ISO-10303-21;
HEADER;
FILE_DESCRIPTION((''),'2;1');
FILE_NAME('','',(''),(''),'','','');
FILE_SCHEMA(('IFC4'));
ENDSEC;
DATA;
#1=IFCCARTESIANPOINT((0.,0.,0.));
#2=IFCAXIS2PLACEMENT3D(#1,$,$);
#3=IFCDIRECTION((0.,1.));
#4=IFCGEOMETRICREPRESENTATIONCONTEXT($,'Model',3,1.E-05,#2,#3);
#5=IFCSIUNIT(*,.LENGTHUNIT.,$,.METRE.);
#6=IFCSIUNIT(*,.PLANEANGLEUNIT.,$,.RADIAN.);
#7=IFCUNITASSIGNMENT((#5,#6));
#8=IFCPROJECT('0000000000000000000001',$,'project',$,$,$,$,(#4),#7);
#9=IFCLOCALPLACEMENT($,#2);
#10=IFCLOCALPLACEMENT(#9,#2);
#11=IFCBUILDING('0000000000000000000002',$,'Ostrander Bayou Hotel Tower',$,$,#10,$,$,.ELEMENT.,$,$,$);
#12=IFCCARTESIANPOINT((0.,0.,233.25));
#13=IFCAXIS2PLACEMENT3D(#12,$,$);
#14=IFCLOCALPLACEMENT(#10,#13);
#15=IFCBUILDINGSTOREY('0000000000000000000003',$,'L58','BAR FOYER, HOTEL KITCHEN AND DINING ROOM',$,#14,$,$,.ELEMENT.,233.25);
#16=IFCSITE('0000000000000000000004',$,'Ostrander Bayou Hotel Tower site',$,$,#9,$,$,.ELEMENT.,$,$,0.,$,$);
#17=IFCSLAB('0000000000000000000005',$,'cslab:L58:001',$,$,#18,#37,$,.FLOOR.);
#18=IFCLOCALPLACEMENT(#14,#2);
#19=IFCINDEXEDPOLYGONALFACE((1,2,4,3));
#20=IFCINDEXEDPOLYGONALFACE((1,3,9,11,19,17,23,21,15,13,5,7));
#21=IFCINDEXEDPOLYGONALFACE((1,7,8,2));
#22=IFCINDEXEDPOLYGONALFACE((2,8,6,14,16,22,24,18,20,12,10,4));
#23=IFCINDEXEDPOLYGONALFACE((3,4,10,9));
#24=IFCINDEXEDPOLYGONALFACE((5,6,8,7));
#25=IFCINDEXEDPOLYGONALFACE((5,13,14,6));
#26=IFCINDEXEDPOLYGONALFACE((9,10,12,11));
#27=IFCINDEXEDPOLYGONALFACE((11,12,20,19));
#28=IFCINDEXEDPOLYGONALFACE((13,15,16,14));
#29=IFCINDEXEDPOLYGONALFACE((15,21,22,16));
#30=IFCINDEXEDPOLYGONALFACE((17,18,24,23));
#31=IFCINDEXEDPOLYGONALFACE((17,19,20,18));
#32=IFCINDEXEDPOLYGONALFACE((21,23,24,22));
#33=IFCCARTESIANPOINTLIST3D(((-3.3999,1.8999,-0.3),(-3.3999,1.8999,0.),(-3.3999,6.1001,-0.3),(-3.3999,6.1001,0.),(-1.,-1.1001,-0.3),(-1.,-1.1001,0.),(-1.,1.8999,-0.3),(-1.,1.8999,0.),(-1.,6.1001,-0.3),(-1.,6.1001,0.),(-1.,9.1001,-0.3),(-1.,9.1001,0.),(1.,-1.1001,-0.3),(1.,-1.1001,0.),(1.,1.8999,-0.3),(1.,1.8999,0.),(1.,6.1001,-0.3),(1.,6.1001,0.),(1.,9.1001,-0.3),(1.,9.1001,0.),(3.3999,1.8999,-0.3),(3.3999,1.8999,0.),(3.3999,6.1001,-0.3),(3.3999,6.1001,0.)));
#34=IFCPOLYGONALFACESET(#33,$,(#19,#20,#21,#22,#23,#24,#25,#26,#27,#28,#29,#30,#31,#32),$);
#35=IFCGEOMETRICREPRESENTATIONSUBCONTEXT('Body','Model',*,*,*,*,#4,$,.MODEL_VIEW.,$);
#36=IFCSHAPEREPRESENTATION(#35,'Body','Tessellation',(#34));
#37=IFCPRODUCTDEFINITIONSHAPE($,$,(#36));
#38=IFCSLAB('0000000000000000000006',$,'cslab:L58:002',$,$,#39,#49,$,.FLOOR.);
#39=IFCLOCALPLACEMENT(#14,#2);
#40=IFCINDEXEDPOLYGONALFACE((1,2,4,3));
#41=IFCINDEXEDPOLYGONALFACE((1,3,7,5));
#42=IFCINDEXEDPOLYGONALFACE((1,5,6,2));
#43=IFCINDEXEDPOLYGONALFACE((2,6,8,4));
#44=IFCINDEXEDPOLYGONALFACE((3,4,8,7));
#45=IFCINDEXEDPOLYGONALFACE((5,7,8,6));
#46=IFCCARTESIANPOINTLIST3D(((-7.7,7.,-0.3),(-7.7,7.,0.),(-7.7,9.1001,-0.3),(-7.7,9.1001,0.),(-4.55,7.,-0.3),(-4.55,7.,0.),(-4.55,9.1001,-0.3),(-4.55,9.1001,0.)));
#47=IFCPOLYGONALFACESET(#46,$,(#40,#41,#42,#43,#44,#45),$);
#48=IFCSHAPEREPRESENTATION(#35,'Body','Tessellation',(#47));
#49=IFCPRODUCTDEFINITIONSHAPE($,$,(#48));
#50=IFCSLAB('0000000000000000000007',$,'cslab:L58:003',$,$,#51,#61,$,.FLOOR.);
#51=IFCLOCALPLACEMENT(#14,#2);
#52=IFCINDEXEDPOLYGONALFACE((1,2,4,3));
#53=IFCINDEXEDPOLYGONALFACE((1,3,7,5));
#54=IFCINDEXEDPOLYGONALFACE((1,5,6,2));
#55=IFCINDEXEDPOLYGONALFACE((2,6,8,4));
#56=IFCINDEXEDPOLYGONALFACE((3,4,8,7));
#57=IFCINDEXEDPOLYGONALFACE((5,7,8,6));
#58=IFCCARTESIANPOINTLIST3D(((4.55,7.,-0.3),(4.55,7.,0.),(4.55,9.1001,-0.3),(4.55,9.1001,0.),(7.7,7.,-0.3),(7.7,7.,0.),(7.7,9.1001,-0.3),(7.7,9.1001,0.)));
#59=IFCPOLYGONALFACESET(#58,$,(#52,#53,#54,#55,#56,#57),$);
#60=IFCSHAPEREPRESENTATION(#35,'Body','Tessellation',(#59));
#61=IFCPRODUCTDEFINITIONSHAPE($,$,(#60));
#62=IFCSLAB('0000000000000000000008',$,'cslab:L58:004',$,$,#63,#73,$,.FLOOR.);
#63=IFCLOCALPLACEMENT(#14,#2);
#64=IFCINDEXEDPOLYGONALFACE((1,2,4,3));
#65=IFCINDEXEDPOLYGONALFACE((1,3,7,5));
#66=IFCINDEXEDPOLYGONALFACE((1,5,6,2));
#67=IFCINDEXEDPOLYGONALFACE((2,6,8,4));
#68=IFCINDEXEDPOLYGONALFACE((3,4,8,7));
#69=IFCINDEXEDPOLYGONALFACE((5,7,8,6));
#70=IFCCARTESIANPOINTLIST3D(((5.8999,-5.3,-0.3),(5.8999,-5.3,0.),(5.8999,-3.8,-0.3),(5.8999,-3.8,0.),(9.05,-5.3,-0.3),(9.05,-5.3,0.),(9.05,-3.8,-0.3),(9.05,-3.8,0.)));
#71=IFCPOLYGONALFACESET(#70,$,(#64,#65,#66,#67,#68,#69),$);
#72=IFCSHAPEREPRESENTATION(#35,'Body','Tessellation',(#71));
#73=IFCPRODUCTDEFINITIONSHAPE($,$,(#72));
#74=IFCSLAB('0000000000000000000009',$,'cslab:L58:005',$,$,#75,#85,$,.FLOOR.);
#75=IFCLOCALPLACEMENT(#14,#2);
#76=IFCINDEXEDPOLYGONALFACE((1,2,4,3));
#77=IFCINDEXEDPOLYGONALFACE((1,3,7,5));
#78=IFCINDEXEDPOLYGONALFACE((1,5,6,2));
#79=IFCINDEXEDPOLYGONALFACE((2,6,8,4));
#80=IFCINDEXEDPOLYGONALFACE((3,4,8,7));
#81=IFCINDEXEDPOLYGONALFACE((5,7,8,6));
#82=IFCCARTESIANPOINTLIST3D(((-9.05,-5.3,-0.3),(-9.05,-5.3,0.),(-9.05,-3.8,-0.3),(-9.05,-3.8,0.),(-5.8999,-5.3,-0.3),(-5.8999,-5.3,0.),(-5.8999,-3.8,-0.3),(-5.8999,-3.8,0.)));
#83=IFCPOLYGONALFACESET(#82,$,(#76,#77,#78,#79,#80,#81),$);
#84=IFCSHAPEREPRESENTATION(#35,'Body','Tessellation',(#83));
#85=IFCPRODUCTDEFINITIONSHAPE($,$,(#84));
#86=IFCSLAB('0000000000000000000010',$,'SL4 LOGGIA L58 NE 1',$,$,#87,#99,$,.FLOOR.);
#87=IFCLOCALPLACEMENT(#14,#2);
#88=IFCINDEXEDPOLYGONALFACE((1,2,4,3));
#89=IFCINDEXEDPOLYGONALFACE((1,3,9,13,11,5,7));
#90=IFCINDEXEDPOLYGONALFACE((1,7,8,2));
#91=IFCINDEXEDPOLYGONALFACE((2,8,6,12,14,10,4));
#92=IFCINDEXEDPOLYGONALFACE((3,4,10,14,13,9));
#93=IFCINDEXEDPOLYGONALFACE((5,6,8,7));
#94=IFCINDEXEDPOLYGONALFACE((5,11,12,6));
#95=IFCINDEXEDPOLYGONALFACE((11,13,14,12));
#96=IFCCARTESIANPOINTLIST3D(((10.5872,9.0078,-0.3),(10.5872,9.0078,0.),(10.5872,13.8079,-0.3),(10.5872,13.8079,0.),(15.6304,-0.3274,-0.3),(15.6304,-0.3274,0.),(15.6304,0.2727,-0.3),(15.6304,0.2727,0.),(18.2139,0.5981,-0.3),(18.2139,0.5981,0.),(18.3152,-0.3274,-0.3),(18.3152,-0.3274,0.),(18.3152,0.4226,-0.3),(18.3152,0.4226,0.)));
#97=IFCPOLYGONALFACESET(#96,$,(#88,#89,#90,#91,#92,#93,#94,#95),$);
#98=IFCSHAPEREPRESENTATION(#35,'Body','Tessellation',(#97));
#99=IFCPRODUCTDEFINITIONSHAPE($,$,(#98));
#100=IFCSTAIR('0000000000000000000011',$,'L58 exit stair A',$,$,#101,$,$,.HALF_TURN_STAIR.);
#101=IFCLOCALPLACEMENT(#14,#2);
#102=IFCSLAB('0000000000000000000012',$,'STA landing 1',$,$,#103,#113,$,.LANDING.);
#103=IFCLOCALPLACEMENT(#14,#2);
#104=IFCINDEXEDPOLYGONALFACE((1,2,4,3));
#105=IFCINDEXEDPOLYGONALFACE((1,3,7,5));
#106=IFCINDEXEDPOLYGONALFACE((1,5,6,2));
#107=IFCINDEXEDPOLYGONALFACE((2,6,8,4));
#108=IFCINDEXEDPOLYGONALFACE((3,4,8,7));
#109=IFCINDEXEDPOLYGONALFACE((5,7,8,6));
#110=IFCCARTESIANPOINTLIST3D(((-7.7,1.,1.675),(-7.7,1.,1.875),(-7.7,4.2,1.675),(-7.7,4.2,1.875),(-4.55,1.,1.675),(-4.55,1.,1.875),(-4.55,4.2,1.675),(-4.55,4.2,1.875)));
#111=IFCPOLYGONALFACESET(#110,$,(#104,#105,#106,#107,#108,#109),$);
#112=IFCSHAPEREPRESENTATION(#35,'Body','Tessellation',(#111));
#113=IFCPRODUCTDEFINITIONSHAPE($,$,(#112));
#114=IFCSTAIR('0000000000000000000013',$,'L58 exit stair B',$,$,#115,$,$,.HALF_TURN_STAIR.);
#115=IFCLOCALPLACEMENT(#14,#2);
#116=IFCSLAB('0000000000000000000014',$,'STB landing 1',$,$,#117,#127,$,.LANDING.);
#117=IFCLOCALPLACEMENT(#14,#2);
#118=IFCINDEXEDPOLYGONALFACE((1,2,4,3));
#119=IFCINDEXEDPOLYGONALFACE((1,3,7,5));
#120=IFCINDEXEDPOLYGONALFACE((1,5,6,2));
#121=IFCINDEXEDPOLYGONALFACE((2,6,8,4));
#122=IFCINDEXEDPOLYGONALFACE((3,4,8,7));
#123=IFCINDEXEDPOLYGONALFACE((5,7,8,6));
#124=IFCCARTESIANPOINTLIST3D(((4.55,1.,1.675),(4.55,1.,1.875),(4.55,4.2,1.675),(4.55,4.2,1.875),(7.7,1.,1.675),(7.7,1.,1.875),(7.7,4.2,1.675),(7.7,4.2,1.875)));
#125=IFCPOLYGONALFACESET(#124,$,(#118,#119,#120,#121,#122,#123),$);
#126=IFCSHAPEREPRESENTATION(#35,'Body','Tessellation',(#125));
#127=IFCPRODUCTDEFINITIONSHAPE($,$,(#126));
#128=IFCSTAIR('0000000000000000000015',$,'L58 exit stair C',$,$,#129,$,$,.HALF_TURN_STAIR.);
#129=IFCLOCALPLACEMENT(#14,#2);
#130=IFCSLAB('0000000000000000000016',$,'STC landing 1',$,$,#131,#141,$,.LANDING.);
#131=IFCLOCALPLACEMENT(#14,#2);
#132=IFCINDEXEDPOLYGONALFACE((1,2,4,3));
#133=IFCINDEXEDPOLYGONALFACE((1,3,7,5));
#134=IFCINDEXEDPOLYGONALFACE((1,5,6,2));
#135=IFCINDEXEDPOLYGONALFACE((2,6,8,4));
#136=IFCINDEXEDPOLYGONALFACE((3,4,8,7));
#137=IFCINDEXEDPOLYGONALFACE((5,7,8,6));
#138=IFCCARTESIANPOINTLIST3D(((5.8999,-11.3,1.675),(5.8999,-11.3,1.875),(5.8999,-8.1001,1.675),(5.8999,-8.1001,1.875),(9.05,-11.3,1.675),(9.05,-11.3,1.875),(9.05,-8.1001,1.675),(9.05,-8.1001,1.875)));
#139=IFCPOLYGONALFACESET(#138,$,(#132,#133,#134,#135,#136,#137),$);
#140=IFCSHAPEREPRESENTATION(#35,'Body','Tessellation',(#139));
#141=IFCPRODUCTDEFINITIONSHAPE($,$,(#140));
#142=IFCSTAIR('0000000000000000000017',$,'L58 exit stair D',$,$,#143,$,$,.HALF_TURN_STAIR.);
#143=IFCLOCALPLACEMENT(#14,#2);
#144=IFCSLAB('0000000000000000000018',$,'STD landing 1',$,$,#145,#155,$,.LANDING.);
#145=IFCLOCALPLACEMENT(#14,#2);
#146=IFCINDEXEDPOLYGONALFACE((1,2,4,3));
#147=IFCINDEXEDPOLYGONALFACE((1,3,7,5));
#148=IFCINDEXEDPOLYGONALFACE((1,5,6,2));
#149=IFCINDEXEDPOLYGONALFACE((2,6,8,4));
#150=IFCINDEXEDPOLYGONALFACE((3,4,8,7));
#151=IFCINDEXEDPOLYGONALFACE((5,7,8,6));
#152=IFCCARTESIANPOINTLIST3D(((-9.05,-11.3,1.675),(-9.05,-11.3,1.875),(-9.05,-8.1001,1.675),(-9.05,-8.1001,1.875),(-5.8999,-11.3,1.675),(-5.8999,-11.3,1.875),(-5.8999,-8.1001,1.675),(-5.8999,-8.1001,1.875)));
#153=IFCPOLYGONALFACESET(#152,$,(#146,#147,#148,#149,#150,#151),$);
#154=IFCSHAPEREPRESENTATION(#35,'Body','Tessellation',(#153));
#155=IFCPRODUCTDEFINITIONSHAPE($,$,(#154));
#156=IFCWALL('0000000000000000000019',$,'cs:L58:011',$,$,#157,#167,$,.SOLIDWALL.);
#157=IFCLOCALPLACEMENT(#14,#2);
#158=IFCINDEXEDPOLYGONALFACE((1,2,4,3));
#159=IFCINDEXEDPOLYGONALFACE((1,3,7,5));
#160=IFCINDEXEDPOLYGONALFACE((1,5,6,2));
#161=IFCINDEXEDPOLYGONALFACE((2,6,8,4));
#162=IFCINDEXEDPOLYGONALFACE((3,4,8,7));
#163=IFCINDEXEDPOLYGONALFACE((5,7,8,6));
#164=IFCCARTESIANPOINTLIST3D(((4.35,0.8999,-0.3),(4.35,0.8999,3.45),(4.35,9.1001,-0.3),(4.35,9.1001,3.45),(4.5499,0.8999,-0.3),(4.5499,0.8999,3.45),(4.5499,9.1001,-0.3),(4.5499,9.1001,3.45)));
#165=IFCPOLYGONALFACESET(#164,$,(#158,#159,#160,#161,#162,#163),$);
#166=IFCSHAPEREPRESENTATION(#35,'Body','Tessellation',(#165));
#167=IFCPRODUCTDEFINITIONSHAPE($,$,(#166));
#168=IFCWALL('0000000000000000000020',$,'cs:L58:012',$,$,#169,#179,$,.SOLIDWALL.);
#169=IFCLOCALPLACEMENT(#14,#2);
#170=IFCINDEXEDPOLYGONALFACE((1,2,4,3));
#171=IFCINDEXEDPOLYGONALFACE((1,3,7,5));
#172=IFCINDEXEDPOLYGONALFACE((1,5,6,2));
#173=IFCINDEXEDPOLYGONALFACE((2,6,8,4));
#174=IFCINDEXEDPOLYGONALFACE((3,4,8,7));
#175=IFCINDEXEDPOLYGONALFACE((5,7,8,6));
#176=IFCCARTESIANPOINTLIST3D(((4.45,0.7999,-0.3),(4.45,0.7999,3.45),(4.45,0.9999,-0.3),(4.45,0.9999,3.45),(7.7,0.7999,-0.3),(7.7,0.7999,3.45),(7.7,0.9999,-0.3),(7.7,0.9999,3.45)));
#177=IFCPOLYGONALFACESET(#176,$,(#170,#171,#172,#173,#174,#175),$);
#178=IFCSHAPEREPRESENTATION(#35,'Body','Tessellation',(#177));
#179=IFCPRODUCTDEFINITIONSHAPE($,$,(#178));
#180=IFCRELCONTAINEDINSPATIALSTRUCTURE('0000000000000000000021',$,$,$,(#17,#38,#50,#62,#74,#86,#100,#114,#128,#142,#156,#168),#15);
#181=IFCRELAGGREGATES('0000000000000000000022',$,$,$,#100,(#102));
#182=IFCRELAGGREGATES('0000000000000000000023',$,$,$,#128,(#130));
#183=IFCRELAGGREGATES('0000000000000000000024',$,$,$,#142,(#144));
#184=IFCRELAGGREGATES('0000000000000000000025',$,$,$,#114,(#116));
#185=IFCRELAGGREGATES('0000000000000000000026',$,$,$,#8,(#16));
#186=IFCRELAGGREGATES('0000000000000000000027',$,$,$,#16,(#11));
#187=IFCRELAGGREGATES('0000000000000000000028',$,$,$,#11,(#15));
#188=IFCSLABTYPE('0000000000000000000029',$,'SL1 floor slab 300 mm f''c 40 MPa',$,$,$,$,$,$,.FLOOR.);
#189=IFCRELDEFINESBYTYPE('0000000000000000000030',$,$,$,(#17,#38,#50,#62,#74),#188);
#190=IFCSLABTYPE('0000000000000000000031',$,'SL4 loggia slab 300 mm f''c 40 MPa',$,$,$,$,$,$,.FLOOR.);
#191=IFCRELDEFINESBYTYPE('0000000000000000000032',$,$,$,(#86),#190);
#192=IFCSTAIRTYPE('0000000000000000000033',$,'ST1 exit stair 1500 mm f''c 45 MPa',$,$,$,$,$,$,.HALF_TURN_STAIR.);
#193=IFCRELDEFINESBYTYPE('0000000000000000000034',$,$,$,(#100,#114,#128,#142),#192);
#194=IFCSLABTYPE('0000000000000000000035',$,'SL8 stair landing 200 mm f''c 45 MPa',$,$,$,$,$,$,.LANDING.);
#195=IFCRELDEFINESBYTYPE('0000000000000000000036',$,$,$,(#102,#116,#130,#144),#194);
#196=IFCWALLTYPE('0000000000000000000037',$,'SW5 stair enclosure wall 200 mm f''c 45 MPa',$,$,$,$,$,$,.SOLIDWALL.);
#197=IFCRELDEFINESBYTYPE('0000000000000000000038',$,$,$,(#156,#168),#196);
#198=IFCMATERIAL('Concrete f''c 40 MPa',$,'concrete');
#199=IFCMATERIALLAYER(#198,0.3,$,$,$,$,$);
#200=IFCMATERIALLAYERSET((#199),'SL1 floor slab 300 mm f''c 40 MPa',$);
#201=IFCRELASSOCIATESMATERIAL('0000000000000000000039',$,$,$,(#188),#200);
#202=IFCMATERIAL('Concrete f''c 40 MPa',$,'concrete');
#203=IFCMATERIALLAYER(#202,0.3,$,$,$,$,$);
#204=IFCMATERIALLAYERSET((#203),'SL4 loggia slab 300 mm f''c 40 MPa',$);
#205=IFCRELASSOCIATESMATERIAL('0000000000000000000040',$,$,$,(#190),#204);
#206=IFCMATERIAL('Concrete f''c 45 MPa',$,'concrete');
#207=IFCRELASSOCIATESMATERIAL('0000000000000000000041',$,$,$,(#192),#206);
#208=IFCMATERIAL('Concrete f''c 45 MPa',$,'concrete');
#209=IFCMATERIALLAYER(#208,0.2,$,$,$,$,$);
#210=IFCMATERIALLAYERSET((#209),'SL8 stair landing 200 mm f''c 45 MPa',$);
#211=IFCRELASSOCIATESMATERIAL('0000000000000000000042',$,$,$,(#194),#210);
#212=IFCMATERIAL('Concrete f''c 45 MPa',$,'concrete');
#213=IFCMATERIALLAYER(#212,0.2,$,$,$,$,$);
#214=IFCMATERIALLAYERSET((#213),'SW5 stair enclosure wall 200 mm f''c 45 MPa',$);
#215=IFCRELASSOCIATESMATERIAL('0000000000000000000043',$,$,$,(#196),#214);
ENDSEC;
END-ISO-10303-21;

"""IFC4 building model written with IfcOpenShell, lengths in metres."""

from ifc_helpers import new_model, si_unit, direction, frame, frame_2d, origin, place, context, subcontext, project, spatial, polyline, rectangle, outline, extrude, material, layer, layer_set, type_object, element, aggregate, save


model = new_model("IFC4")

# Units and contexts
model_context = context("Model", 3, precision=1e-05, world=origin(), true_north=direction((0.0, 1.0)))
body_context = subcontext(model_context, "Body", "Model", "MODEL_VIEW")
ifc_project = project(units=[si_unit("LENGTHUNIT", "METRE"), si_unit("PLANEANGLEUNIT", "RADIAN")], contexts=[model_context])

# Site, building, storey
site_placement = place(None, origin())
site = spatial("IfcSite", under=ifc_project, at=site_placement, Name="Ostrander Bayou Hotel Tower site", CompositionType="ELEMENT", RefElevation=0.0)
building_placement = place(site_placement, origin())
building = spatial("IfcBuilding", under=site, at=building_placement, Name="Ostrander Bayou Hotel Tower", CompositionType="ELEMENT")
storey_placement = place(building_placement, frame((0.0, 0.0, 233.25)))
storey = spatial("IfcBuildingStorey", under=building, at=storey_placement, Name="L58", Description="BAR FOYER, HOTEL KITCHEN AND DINING ROOM", CompositionType="ELEMENT", Elevation=233.25)

# Slabs
ifc_material_1 = material(Name="Concrete f'c 40 MPa", Category="concrete")
ifc_layer_1 = layer(ifc_material_1, 0.3)
ifc_layer_set_1 = layer_set([ifc_layer_1], Name="SL1 floor slab 300 mm f'c 40 MPa")
slab_type_1 = type_object("IfcSlabType", Name="SL1 floor slab 300 mm f'c 40 MPa", PredefinedType="FLOOR", material=ifc_layer_set_1)
slab_1_placement = place(storey_placement, frame((0.0, 0.0, -0.3)))
element("IfcSlab", 1, at=slab_1_placement, inside=storey, type_object=slab_type_1, Name="cslab:L58:001", PredefinedType="FLOOR", context=body_context, shape_type="SweptSolid", body=[
    extrude(outline(polyline([(-3.3999, 6.1001), (-1.0, 6.1001), (-1.0, 9.1001), (1.0, 9.1001), (1.0, 6.1001), (3.3999, 6.1001), (3.3999, 1.8999), (1.0, 1.8999), (1.0, -1.1001), (-1.0, -1.1001), (-1.0, 1.8999), (-3.3999, 1.8999), (-3.3999, 6.1001)])), origin(), (0.0, 0.0, 1.0), 0.3),
])
slab_2_placement = place(storey_placement, frame((0.0, 0.0, -0.3)))
element("IfcSlab", 2, at=slab_2_placement, inside=storey, type_object=slab_type_1, Name="cslab:L58:002", PredefinedType="FLOOR", context=body_context, shape_type="SweptSolid", body=[
    extrude(outline(polyline([(-4.55, 7.0), (-4.55, 9.1001), (-7.7, 9.1001), (-7.7, 7.0), (-4.55, 7.0)])), origin(), (0.0, 0.0, 1.0), 0.3),
])
slab_3_placement = place(storey_placement, frame((0.0, 0.0, -0.3)))
element("IfcSlab", 3, at=slab_3_placement, inside=storey, type_object=slab_type_1, Name="cslab:L58:003", PredefinedType="FLOOR", context=body_context, shape_type="SweptSolid", body=[
    extrude(outline(polyline([(7.7, 7.0), (7.7, 9.1001), (4.55, 9.1001), (4.55, 7.0), (7.7, 7.0)])), origin(), (0.0, 0.0, 1.0), 0.3),
])
slab_4_placement = place(storey_placement, frame((0.0, 0.0, -0.3)))
element("IfcSlab", 4, at=slab_4_placement, inside=storey, type_object=slab_type_1, Name="cslab:L58:004", PredefinedType="FLOOR", context=body_context, shape_type="SweptSolid", body=[
    extrude(outline(polyline([(9.05, -5.3), (9.05, -3.8), (5.8999, -3.8), (5.8999, -5.3), (9.05, -5.3)])), origin(), (0.0, 0.0, 1.0), 0.3),
])
slab_5_placement = place(storey_placement, frame((0.0, 0.0, -0.3)))
element("IfcSlab", 5, at=slab_5_placement, inside=storey, type_object=slab_type_1, Name="cslab:L58:005", PredefinedType="FLOOR", context=body_context, shape_type="SweptSolid", body=[
    extrude(outline(polyline([(-5.8999, -5.3), (-5.8999, -3.8), (-9.05, -3.8), (-9.05, -5.3), (-5.8999, -5.3)])), origin(), (0.0, 0.0, 1.0), 0.3),
])
ifc_material_2 = material(Name="Concrete f'c 40 MPa", Category="concrete")
ifc_layer_2 = layer(ifc_material_2, 0.3)
ifc_layer_set_2 = layer_set([ifc_layer_2], Name="SL4 loggia slab 300 mm f'c 40 MPa")
slab_type_2 = type_object("IfcSlabType", Name="SL4 loggia slab 300 mm f'c 40 MPa", PredefinedType="FLOOR", material=ifc_layer_set_2)
slab_6_placement = place(storey_placement, frame((0.0, 0.0, -0.3)))
element("IfcSlab", 6, at=slab_6_placement, inside=storey, type_object=slab_type_2, Name="SL4 LOGGIA L58 NE 1", PredefinedType="FLOOR", context=body_context, shape_type="SweptSolid", body=[
    extrude(outline(polyline([(10.5872, 13.8079), (18.2139, 0.5981), (18.3152, 0.4226), (18.3152, -0.3274), (15.6304, -0.3274), (15.6304, 0.2727), (10.5872, 9.0078), (10.5872, 13.8079)])), origin(), (0.0, 0.0, 1.0), 0.3),
])

# Stairs, slabs
ifc_material_3 = material(Name="Concrete f'c 45 MPa", Category="concrete")
stair_type = type_object("IfcStairType", Name="ST1 exit stair 1500 mm f'c 45 MPa", PredefinedType="HALF_TURN_STAIR", material=ifc_material_3)
stair_1_placement = place(storey_placement, origin())
stair_1 = element("IfcStair", 7, at=stair_1_placement, inside=storey, type_object=stair_type, Name="L58 exit stair A", PredefinedType="HALF_TURN_STAIR")
ifc_material_4 = material(Name="Concrete f'c 45 MPa", Category="concrete")
ifc_layer_3 = layer(ifc_material_4, 0.2)
ifc_layer_set_3 = layer_set([ifc_layer_3], Name="SL8 stair landing 200 mm f'c 45 MPa")
slab_type_3 = type_object("IfcSlabType", Name="SL8 stair landing 200 mm f'c 45 MPa", PredefinedType="LANDING", material=ifc_layer_set_3)
slab_7_placement = place(storey_placement, frame((0.0, 0.0, 1.675)))
slab_7 = element("IfcSlab", 8, at=slab_7_placement, type_object=slab_type_3, Name="STA landing 1", PredefinedType="LANDING", context=body_context, shape_type="SweptSolid", body=[
    extrude(outline(polyline([(-7.7, 4.2), (-7.7, 1.0), (-4.55, 1.0), (-4.55, 4.2), (-7.7, 4.2)])), origin(), (0.0, 0.0, 1.0), 0.2),
])
aggregate(stair_1, [slab_7])
stair_2_placement = place(storey_placement, origin())
stair_2 = element("IfcStair", 9, at=stair_2_placement, inside=storey, type_object=stair_type, Name="L58 exit stair B", PredefinedType="HALF_TURN_STAIR")
slab_8_placement = place(storey_placement, frame((0.0, 0.0, 1.675)))
slab_8 = element("IfcSlab", 10, at=slab_8_placement, type_object=slab_type_3, Name="STB landing 1", PredefinedType="LANDING", context=body_context, shape_type="SweptSolid", body=[
    extrude(outline(polyline([(4.55, 4.2), (4.55, 1.0), (7.7, 1.0), (7.7, 4.2), (4.55, 4.2)])), origin(), (0.0, 0.0, 1.0), 0.2),
])
stair_3_placement = place(storey_placement, origin())
stair_3 = element("IfcStair", 11, at=stair_3_placement, inside=storey, type_object=stair_type, Name="L58 exit stair C", PredefinedType="HALF_TURN_STAIR")
slab_9_placement = place(storey_placement, frame((0.0, 0.0, 1.675)))
slab_9 = element("IfcSlab", 12, at=slab_9_placement, type_object=slab_type_3, Name="STC landing 1", PredefinedType="LANDING", context=body_context, shape_type="SweptSolid", body=[
    extrude(outline(polyline([(5.8999, -8.1001), (5.8999, -11.3), (9.05, -11.3), (9.05, -8.1001), (5.8999, -8.1001)])), origin(), (0.0, 0.0, 1.0), 0.2),
])
aggregate(stair_3, [slab_9])
stair_4_placement = place(storey_placement, origin())
stair_4 = element("IfcStair", 13, at=stair_4_placement, inside=storey, type_object=stair_type, Name="L58 exit stair D", PredefinedType="HALF_TURN_STAIR")
slab_10_placement = place(storey_placement, frame((0.0, 0.0, 1.675)))
slab_10 = element("IfcSlab", 14, at=slab_10_placement, type_object=slab_type_3, Name="STD landing 1", PredefinedType="LANDING", context=body_context, shape_type="SweptSolid", body=[
    extrude(outline(polyline([(-9.05, -8.1001), (-9.05, -11.3), (-5.8999, -11.3), (-5.8999, -8.1001), (-9.05, -8.1001)])), origin(), (0.0, 0.0, 1.0), 0.2),
])
aggregate(stair_4, [slab_10])

# Walls
ifc_material_5 = material(Name="Concrete f'c 45 MPa", Category="concrete")
ifc_layer_4 = layer(ifc_material_5, 0.2)
ifc_layer_set_4 = layer_set([ifc_layer_4], Name="SW5 stair enclosure wall 200 mm f'c 45 MPa")
wall_type_1 = type_object("IfcWallType", Name="SW5 stair enclosure wall 200 mm f'c 45 MPa", PredefinedType="SOLIDWALL", material=ifc_layer_set_4)
wall_1_placement = place(storey_placement, frame((4.45, 0.8999, -0.3), z_axis=(0.0, 0.0, 1.0), x_axis=(0.0, 1.0, 0.0)))
element("IfcWall", 15, at=wall_1_placement, inside=storey, type_object=wall_type_1, Name="cs:L58:011", PredefinedType="SOLIDWALL", context=body_context, shape_type="SweptSolid", body=[
    extrude(rectangle(XDim=8.2002, YDim=0.2, at=frame_2d((4.1001, 0.0))), origin(), (0.0, 0.0, 1.0), 3.75),
])
wall_2_placement = place(storey_placement, frame((4.45, 0.8999, -0.3), z_axis=(0.0, 0.0, 1.0), x_axis=(1.0, 0.0, 0.0)))
element("IfcWall", 16, at=wall_2_placement, inside=storey, type_object=wall_type_1, Name="cs:L58:012", PredefinedType="SOLIDWALL", context=body_context, shape_type="SweptSolid", body=[
    extrude(rectangle(XDim=3.25, YDim=0.2, at=frame_2d((1.625, 0.0))), origin(), (0.0, 0.0, 1.0), 3.75),
])

aggregate(stair_2, [slab_8])

save(model, "model.ifc")
